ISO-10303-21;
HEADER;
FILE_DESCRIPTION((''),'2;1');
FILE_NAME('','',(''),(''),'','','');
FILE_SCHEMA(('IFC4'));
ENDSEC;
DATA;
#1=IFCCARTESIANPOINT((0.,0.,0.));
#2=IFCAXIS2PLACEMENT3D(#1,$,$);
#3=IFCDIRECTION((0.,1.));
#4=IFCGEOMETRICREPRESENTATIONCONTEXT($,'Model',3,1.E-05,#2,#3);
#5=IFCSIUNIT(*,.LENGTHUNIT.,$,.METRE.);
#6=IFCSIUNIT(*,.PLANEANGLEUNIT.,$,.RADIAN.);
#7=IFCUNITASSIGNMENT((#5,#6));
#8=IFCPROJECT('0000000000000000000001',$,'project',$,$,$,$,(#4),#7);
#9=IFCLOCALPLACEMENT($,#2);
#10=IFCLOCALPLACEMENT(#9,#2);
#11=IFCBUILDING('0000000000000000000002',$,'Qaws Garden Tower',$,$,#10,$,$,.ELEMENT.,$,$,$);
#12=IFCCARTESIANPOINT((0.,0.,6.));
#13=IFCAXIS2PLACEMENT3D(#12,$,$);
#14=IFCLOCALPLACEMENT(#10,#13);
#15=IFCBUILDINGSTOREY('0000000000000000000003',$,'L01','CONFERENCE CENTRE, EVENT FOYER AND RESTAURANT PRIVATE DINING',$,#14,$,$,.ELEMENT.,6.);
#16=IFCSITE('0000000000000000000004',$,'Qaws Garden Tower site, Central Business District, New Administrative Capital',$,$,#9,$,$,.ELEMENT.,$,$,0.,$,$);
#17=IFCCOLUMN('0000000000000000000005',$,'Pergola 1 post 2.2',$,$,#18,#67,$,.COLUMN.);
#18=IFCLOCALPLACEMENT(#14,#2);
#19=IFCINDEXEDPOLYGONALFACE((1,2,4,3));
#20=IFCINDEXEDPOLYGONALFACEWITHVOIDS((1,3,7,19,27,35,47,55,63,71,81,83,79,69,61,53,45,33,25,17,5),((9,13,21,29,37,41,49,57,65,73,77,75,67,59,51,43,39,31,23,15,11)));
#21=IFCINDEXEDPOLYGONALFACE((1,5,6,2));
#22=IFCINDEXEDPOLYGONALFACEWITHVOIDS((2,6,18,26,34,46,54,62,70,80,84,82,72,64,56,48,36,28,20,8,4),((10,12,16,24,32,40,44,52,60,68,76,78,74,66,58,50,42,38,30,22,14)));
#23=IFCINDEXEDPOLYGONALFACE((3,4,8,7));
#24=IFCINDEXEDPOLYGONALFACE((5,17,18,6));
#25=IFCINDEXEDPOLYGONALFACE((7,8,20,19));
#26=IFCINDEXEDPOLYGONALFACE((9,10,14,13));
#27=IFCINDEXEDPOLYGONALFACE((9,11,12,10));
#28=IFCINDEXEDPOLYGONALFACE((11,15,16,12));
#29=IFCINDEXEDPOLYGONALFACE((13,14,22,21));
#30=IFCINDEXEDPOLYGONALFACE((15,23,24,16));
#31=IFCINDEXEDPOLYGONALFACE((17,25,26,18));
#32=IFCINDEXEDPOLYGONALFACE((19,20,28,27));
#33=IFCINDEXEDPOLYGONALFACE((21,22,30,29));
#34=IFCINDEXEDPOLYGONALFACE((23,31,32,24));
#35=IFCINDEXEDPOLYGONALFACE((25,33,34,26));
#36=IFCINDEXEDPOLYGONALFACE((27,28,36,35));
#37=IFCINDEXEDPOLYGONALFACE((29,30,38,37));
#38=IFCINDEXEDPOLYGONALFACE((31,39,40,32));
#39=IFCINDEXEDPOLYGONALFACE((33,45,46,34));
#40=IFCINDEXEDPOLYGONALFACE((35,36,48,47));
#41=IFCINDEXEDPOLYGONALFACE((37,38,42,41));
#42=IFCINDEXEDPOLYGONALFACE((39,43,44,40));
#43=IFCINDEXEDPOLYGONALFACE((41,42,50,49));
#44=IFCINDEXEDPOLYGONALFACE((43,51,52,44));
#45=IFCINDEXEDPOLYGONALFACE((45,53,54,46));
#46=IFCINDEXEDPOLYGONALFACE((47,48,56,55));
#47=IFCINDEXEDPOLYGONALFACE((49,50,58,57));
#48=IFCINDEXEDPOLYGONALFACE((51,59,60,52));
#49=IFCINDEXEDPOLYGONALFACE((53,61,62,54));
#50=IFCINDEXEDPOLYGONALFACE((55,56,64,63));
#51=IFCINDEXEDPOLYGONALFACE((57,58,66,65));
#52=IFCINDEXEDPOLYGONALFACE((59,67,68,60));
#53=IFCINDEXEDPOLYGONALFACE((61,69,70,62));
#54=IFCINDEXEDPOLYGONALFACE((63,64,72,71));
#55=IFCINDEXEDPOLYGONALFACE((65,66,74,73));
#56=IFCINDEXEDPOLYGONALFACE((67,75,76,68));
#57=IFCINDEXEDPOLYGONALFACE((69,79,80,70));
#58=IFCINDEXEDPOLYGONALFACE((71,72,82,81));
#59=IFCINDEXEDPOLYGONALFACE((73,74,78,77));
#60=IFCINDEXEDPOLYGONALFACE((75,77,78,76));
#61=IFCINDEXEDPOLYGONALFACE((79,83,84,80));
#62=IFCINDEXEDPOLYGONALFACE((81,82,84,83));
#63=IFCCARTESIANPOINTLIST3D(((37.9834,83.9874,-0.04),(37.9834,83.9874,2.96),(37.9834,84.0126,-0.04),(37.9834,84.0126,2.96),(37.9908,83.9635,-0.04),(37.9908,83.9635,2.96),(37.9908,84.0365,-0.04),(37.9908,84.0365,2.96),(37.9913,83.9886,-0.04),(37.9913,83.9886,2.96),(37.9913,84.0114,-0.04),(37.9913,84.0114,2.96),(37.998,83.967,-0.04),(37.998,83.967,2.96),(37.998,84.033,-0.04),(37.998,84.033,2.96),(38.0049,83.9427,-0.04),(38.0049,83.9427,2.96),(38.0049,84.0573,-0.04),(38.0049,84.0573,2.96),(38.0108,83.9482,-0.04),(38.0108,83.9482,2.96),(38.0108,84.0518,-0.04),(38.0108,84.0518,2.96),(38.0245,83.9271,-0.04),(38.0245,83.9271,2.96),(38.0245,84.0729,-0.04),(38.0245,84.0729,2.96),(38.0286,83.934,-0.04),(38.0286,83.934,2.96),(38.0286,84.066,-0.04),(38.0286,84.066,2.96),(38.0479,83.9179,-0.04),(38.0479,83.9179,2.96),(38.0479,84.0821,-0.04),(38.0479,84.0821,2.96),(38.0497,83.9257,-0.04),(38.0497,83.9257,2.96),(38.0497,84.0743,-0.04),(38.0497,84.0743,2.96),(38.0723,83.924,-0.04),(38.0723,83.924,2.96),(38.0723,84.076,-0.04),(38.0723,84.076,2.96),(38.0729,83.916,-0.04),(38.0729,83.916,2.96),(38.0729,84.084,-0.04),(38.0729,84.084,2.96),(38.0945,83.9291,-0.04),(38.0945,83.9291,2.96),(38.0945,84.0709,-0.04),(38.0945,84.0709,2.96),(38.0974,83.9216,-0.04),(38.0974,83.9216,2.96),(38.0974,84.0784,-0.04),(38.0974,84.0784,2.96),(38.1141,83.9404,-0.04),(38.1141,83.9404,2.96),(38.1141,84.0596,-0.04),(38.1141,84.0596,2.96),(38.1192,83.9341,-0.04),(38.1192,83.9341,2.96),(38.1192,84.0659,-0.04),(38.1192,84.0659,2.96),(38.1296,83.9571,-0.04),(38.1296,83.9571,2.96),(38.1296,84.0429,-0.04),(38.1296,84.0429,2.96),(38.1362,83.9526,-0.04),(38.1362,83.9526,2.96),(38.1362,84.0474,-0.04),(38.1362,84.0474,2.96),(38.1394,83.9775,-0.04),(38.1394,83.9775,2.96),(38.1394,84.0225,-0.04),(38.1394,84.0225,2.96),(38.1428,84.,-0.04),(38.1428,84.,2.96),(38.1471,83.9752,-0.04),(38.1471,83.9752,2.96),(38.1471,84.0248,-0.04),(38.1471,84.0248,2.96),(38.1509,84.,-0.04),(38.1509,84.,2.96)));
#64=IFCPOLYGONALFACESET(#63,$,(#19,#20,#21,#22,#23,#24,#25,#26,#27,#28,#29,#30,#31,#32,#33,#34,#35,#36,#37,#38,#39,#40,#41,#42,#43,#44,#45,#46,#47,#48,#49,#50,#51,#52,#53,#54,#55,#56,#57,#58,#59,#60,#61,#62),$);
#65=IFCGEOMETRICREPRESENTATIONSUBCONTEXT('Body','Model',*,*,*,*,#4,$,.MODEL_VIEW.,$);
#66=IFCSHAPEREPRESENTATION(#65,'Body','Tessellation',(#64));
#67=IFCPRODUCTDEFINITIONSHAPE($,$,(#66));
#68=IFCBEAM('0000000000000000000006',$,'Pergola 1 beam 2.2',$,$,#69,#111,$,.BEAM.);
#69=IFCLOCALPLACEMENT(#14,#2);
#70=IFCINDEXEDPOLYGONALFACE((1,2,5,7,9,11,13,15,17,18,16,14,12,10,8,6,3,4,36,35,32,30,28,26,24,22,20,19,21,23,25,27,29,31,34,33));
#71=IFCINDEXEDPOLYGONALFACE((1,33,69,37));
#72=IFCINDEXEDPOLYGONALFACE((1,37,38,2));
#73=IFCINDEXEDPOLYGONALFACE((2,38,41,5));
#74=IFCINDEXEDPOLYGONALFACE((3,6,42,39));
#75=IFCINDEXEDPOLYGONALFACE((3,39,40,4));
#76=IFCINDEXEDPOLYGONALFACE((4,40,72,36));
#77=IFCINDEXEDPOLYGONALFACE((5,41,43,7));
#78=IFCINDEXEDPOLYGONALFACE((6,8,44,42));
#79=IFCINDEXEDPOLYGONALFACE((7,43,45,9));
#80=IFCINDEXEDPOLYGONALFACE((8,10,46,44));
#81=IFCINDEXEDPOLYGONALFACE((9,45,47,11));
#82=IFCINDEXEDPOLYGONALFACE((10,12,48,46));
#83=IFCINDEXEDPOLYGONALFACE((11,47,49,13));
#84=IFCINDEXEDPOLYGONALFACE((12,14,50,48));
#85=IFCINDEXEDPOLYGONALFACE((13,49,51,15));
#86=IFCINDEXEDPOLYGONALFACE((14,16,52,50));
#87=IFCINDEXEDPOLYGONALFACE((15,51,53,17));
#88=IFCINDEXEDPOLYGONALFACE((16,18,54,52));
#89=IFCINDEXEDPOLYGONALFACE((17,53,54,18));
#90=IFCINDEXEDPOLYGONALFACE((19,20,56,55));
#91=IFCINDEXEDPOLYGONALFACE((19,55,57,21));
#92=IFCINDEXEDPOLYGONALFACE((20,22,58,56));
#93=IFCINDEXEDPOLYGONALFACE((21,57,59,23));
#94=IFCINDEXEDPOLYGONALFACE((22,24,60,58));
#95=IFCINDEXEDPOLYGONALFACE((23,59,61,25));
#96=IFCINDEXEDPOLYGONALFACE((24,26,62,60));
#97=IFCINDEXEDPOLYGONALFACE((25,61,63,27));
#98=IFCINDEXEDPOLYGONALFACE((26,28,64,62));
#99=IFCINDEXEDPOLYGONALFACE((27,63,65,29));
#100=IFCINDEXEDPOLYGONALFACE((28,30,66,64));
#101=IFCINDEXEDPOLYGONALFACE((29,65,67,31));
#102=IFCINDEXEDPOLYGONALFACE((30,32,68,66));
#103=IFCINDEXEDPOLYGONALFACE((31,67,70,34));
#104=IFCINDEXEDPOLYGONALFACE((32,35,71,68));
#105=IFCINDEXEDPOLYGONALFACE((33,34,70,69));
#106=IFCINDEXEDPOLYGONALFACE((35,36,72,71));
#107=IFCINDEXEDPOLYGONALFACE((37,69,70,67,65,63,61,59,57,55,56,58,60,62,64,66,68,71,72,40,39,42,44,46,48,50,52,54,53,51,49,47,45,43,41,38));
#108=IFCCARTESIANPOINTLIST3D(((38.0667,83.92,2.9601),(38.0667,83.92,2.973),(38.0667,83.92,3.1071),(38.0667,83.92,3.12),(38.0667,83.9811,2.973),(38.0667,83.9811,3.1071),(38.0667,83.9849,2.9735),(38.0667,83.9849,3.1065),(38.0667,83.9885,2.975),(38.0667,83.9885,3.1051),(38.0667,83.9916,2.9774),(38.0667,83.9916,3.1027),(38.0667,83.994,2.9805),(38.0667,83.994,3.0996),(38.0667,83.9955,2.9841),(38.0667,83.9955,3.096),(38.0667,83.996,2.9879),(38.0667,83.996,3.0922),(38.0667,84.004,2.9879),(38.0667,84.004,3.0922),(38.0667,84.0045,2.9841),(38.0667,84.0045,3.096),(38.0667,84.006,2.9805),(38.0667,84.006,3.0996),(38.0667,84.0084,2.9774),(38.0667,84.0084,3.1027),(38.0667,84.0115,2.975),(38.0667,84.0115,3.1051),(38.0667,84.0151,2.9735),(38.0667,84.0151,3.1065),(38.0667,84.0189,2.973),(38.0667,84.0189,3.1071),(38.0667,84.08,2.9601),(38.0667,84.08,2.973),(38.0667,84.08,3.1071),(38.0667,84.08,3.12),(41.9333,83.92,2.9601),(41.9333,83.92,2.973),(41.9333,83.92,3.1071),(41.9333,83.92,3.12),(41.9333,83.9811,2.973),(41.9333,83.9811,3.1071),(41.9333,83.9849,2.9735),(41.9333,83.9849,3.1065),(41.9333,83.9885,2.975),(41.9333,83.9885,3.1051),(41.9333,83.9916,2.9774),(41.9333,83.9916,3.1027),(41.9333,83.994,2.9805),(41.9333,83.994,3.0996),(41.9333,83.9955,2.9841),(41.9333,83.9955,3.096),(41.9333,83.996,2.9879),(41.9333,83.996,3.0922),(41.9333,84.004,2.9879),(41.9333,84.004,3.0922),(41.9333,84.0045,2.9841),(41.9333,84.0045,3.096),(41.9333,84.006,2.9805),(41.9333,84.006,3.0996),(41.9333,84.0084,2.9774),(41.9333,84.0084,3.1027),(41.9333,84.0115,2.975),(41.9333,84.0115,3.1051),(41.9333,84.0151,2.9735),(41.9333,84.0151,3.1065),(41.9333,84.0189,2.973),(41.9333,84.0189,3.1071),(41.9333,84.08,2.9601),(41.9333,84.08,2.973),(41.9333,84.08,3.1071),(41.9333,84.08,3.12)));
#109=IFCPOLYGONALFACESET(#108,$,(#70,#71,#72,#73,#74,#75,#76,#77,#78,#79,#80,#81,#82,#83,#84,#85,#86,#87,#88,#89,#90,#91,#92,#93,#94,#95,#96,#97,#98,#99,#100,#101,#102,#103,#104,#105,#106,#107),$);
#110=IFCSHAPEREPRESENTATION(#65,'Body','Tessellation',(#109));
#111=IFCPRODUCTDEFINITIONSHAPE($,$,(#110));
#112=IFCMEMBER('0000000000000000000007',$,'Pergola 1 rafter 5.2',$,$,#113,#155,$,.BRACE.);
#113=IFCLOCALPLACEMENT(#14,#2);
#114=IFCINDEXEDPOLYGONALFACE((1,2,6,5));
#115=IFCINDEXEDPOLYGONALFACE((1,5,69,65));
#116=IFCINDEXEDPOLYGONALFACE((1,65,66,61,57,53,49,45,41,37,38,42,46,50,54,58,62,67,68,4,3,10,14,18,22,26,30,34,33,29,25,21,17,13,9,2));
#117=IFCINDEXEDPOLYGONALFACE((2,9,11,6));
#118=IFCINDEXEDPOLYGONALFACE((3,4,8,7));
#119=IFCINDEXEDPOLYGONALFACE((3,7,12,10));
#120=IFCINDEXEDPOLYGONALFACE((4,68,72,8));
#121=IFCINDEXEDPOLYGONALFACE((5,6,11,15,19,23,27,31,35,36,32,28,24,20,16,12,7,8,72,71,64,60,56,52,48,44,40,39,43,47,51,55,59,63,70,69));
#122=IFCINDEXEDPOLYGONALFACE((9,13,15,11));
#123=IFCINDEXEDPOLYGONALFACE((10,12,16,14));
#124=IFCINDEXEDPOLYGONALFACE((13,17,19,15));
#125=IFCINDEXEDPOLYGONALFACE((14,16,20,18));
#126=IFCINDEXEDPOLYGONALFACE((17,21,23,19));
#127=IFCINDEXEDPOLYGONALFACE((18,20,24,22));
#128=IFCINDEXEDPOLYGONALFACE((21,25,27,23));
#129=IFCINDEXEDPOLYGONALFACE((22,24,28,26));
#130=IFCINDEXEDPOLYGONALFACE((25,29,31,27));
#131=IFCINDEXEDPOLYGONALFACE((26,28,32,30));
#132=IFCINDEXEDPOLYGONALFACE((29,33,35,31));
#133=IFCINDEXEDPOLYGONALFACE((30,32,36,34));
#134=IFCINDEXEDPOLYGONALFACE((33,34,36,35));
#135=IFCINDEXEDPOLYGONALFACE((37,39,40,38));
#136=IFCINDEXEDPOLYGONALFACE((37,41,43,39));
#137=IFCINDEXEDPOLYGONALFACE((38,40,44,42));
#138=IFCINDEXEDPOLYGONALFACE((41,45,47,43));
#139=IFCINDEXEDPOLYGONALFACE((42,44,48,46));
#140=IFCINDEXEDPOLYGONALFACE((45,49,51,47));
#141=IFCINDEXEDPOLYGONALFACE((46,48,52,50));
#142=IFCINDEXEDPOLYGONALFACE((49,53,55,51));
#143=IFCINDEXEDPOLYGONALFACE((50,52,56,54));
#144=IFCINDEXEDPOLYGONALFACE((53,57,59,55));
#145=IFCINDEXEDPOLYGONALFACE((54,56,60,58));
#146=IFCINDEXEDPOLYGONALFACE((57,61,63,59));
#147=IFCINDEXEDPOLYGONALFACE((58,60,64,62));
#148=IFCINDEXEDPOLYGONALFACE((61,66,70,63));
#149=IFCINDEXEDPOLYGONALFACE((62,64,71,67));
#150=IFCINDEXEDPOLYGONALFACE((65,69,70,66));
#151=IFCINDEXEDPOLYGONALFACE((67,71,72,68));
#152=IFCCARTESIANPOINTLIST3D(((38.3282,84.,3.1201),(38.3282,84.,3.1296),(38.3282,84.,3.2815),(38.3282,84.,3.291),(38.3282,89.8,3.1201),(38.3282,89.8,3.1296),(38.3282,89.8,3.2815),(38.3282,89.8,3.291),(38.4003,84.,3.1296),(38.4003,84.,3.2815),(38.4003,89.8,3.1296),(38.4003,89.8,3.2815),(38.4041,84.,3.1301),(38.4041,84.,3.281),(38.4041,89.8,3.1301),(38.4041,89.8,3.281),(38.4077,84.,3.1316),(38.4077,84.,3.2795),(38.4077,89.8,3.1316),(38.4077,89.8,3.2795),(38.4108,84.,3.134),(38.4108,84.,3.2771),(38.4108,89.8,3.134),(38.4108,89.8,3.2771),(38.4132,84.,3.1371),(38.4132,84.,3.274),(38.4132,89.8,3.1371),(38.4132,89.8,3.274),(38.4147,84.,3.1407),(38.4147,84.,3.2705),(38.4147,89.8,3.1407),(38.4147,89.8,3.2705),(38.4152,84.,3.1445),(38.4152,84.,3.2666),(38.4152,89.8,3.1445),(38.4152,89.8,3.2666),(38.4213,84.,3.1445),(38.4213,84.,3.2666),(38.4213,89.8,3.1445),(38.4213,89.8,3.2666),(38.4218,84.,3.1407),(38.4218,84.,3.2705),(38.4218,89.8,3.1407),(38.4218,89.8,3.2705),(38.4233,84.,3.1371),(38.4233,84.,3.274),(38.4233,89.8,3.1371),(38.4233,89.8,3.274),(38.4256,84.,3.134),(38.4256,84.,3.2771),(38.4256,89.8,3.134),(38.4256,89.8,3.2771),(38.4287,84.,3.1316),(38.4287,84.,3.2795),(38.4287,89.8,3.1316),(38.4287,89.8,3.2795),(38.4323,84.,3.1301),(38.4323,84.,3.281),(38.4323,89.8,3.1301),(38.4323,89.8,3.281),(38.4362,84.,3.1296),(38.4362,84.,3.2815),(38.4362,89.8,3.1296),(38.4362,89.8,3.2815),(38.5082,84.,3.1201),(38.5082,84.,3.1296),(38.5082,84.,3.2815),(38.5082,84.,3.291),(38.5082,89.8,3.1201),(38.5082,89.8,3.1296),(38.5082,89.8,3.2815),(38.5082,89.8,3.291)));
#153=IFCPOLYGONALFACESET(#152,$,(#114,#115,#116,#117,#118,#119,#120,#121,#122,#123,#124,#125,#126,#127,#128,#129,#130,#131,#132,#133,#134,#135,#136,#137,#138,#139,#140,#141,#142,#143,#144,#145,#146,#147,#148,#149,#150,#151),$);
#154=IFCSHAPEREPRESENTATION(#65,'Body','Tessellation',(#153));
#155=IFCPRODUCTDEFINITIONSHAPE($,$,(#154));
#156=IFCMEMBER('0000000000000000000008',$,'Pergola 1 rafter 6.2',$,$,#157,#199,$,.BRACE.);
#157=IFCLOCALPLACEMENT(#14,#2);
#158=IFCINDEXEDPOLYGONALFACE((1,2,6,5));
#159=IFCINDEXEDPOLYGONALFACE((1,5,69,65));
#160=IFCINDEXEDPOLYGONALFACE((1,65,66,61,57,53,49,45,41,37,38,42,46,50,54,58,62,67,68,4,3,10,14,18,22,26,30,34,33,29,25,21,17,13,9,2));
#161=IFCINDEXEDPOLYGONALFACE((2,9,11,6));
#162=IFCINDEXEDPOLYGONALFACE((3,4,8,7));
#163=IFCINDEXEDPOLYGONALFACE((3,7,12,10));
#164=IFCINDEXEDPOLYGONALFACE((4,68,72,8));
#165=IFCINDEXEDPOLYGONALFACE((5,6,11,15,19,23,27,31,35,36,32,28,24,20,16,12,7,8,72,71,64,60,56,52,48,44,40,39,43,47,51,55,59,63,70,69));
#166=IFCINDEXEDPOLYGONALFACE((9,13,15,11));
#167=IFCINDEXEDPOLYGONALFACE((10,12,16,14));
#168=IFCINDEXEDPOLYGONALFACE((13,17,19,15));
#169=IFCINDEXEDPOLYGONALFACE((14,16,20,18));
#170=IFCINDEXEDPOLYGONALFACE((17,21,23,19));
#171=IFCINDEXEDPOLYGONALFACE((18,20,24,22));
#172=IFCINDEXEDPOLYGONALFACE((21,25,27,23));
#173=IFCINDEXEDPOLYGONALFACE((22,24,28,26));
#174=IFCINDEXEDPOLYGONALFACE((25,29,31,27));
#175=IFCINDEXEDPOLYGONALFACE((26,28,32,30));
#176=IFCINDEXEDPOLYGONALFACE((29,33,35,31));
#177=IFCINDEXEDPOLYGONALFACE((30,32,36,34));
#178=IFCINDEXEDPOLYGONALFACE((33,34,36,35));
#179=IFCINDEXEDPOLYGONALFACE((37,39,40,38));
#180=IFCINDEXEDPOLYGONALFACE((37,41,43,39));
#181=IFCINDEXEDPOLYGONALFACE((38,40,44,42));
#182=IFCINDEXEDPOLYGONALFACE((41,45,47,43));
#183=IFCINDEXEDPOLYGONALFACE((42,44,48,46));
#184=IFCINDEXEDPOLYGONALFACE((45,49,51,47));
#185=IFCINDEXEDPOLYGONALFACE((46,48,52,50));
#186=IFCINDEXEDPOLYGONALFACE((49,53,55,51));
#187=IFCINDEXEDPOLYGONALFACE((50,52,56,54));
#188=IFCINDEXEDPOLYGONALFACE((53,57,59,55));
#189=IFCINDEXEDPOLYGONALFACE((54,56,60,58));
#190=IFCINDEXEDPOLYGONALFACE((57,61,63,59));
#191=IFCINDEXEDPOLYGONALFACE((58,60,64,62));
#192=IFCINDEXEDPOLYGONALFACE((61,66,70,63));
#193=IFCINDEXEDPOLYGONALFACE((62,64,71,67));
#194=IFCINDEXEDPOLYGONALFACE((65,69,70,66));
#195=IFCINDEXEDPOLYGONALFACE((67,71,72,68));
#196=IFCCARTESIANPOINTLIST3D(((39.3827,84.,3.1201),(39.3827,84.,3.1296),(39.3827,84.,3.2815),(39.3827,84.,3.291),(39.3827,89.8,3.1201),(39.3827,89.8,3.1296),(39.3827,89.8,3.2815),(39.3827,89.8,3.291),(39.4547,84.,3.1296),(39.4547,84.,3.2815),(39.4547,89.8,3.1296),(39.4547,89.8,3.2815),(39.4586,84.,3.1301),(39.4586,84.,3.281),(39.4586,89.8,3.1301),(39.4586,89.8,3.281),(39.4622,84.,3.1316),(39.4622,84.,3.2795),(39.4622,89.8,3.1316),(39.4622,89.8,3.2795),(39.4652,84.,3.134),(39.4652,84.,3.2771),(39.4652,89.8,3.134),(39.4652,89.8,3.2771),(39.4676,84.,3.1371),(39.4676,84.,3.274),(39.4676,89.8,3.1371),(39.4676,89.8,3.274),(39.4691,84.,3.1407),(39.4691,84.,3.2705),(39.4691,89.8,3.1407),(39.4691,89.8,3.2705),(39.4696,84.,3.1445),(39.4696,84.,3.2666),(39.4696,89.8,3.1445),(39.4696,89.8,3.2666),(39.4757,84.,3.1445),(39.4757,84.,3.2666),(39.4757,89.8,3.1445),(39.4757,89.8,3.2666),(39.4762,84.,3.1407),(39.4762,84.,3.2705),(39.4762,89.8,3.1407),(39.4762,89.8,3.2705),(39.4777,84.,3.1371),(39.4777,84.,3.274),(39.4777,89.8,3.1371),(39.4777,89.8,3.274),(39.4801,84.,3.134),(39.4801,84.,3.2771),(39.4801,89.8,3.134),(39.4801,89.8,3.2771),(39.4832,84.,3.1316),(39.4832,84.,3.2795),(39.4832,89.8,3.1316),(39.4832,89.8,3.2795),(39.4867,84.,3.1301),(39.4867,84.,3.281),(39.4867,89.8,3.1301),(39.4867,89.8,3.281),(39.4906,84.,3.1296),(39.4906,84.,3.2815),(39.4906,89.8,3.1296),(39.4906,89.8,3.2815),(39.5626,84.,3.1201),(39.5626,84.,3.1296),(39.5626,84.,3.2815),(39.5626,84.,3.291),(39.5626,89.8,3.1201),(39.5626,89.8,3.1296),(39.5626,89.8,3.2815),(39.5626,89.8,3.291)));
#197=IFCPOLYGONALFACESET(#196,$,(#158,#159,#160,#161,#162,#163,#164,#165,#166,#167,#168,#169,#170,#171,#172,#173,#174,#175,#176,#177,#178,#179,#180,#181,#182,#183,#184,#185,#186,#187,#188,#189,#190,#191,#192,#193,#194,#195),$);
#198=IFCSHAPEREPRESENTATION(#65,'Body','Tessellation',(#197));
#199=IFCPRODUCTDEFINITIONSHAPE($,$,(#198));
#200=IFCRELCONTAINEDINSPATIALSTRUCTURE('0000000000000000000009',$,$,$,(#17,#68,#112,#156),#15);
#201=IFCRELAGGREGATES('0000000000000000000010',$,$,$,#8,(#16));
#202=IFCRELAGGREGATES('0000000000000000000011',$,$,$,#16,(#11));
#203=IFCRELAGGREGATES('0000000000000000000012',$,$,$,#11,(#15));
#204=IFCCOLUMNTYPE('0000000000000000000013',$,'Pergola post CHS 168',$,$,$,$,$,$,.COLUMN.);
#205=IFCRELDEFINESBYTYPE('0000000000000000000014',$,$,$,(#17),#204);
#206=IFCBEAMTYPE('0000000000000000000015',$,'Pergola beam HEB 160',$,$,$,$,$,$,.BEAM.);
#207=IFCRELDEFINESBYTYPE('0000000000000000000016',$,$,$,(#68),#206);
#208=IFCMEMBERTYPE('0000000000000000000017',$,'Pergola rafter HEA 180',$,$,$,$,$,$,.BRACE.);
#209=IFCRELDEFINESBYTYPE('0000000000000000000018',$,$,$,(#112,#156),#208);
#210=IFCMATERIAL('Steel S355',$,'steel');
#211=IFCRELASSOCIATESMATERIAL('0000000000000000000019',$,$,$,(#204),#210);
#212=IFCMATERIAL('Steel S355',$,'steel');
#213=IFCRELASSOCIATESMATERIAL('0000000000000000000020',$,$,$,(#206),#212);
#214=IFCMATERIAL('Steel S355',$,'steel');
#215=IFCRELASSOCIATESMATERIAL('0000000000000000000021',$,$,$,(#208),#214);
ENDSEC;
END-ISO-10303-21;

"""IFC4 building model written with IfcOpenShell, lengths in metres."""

from ifc_helpers import new_model, si_unit, direction, frame, origin, origin_2d, place, context, subcontext, project, spatial, hollow_circle, i_section, extrude, material, material_profile, profile_set, type_object, element, save


model = new_model("IFC4")

# Units and contexts
model_context = context("Model", 3, precision=1e-05, world=origin(), true_north=direction((0.0, 1.0)))
body_context = subcontext(model_context, "Body", "Model", "MODEL_VIEW")
ifc_project = project(units=[si_unit("LENGTHUNIT", "METRE"), si_unit("PLANEANGLEUNIT", "RADIAN")], contexts=[model_context])

# Site, building, storey
site_placement = place(None, origin())
site = spatial("IfcSite", under=ifc_project, at=site_placement, Name="Qaws Garden Tower site, Central Business District, New Administrative Capital", CompositionType="ELEMENT", RefElevation=0.0)
building_placement = place(site_placement, origin())
building = spatial("IfcBuilding", under=site, at=building_placement, Name="Qaws Garden Tower", CompositionType="ELEMENT")
storey_placement = place(building_placement, frame((0.0, 0.0, 6.0)))
storey = spatial("IfcBuildingStorey", under=building, at=storey_placement, Name="L01", Description="CONFERENCE CENTRE, EVENT FOYER AND RESTAURANT PRIVATE DINING", CompositionType="ELEMENT", Elevation=6.0)

# Column
ifc_material_1 = material(Name="Steel S355", Category="steel")
ifc_material_profile_1 = material_profile(ifc_material_1, hollow_circle(Radius=0.0842, WallThickness=0.0081, at=origin_2d()), Name="Pergola post CHS 168")
ifc_profile_set_1 = profile_set([ifc_material_profile_1], Name="Steel S355")
column_type = type_object("IfcColumnType", Name="Pergola post CHS 168", PredefinedType="COLUMN", material=ifc_profile_set_1)
column_placement = place(storey_placement, frame((38.0667, 84.0, -0.04), z_axis=(0.0, 0.0, 1.0), x_axis=(1.0, 0.0, 0.0)))
element("IfcColumn", 1, at=column_placement, inside=storey, type_object=column_type, Name="Pergola 1 post 2.2", PredefinedType="COLUMN", context=body_context, shape_type="SweptSolid", body=[
    extrude(hollow_circle(Radius=0.0842, WallThickness=0.0081, at=origin_2d()), origin(), (0.0, 0.0, 1.0), 3.0),
])

# Beam
ifc_material_2 = material(Name="Steel S355", Category="steel")
ifc_material_profile_2 = material_profile(ifc_material_2, i_section(OverallWidth=0.1599, OverallDepth=0.1599, WebThickness=0.0081, FlangeThickness=0.0129, FilletRadius=0.0149, at=origin_2d()), Name="HEB 160")
ifc_profile_set_2 = profile_set([ifc_material_profile_2], Name="Steel S355")
beam_type = type_object("IfcBeamType", Name="Pergola beam HEB 160", PredefinedType="BEAM", material=ifc_profile_set_2)
beam_placement = place(storey_placement, frame((38.0667, 84.0, 3.04), z_axis=(1.0, 0.0, 0.0), x_axis=(0.0, 1.0, 0.0)))
element("IfcBeam", 2, at=beam_placement, inside=storey, type_object=beam_type, Name="Pergola 1 beam 2.2", PredefinedType="BEAM", context=body_context, shape_type="SweptSolid", body=[
    extrude(i_section(OverallWidth=0.1599, OverallDepth=0.1599, WebThickness=0.0081, FlangeThickness=0.0129, FilletRadius=0.0149, at=origin_2d()), origin(), (0.0, 0.0, 1.0), 3.8667),
])

# Members
ifc_material_3 = material(Name="Steel S355", Category="steel")
ifc_material_profile_3 = material_profile(ifc_material_3, i_section(OverallWidth=0.1799, OverallDepth=0.1709, WebThickness=0.0061, FlangeThickness=0.0095, FilletRadius=0.0149, at=origin_2d()), Name="HEA 180")
ifc_profile_set_3 = profile_set([ifc_material_profile_3], Name="Steel S355")
member_type = type_object("IfcMemberType", Name="Pergola rafter HEA 180", PredefinedType="BRACE", material=ifc_profile_set_3)
for number, where, z_axis, x_axis, name in (
    (3, (38.4182, 84.0, 3.2056), (0.0, 1.0, 0.0), (-1.0, 0.0, 0.0), "Pergola 1 rafter 5.2"),
    (4, (39.4727, 84.0, 3.2056), (0.0, 1.0, 0.0), (-1.0, 0.0, 0.0), "Pergola 1 rafter 6.2"),
):
    element("IfcMember", number, at=place(storey_placement, frame(where, z_axis=z_axis, x_axis=x_axis)), inside=storey, type_object=member_type, Name=name, PredefinedType="BRACE", context=body_context, shape_type="SweptSolid", body=[
        extrude(i_section(OverallWidth=0.1799, OverallDepth=0.1709, WebThickness=0.0061, FlangeThickness=0.0095, FilletRadius=0.0149, at=origin_2d()), origin(), (0.0, 0.0, 1.0), 5.8),
    ])

save(model, "model.ifc")
